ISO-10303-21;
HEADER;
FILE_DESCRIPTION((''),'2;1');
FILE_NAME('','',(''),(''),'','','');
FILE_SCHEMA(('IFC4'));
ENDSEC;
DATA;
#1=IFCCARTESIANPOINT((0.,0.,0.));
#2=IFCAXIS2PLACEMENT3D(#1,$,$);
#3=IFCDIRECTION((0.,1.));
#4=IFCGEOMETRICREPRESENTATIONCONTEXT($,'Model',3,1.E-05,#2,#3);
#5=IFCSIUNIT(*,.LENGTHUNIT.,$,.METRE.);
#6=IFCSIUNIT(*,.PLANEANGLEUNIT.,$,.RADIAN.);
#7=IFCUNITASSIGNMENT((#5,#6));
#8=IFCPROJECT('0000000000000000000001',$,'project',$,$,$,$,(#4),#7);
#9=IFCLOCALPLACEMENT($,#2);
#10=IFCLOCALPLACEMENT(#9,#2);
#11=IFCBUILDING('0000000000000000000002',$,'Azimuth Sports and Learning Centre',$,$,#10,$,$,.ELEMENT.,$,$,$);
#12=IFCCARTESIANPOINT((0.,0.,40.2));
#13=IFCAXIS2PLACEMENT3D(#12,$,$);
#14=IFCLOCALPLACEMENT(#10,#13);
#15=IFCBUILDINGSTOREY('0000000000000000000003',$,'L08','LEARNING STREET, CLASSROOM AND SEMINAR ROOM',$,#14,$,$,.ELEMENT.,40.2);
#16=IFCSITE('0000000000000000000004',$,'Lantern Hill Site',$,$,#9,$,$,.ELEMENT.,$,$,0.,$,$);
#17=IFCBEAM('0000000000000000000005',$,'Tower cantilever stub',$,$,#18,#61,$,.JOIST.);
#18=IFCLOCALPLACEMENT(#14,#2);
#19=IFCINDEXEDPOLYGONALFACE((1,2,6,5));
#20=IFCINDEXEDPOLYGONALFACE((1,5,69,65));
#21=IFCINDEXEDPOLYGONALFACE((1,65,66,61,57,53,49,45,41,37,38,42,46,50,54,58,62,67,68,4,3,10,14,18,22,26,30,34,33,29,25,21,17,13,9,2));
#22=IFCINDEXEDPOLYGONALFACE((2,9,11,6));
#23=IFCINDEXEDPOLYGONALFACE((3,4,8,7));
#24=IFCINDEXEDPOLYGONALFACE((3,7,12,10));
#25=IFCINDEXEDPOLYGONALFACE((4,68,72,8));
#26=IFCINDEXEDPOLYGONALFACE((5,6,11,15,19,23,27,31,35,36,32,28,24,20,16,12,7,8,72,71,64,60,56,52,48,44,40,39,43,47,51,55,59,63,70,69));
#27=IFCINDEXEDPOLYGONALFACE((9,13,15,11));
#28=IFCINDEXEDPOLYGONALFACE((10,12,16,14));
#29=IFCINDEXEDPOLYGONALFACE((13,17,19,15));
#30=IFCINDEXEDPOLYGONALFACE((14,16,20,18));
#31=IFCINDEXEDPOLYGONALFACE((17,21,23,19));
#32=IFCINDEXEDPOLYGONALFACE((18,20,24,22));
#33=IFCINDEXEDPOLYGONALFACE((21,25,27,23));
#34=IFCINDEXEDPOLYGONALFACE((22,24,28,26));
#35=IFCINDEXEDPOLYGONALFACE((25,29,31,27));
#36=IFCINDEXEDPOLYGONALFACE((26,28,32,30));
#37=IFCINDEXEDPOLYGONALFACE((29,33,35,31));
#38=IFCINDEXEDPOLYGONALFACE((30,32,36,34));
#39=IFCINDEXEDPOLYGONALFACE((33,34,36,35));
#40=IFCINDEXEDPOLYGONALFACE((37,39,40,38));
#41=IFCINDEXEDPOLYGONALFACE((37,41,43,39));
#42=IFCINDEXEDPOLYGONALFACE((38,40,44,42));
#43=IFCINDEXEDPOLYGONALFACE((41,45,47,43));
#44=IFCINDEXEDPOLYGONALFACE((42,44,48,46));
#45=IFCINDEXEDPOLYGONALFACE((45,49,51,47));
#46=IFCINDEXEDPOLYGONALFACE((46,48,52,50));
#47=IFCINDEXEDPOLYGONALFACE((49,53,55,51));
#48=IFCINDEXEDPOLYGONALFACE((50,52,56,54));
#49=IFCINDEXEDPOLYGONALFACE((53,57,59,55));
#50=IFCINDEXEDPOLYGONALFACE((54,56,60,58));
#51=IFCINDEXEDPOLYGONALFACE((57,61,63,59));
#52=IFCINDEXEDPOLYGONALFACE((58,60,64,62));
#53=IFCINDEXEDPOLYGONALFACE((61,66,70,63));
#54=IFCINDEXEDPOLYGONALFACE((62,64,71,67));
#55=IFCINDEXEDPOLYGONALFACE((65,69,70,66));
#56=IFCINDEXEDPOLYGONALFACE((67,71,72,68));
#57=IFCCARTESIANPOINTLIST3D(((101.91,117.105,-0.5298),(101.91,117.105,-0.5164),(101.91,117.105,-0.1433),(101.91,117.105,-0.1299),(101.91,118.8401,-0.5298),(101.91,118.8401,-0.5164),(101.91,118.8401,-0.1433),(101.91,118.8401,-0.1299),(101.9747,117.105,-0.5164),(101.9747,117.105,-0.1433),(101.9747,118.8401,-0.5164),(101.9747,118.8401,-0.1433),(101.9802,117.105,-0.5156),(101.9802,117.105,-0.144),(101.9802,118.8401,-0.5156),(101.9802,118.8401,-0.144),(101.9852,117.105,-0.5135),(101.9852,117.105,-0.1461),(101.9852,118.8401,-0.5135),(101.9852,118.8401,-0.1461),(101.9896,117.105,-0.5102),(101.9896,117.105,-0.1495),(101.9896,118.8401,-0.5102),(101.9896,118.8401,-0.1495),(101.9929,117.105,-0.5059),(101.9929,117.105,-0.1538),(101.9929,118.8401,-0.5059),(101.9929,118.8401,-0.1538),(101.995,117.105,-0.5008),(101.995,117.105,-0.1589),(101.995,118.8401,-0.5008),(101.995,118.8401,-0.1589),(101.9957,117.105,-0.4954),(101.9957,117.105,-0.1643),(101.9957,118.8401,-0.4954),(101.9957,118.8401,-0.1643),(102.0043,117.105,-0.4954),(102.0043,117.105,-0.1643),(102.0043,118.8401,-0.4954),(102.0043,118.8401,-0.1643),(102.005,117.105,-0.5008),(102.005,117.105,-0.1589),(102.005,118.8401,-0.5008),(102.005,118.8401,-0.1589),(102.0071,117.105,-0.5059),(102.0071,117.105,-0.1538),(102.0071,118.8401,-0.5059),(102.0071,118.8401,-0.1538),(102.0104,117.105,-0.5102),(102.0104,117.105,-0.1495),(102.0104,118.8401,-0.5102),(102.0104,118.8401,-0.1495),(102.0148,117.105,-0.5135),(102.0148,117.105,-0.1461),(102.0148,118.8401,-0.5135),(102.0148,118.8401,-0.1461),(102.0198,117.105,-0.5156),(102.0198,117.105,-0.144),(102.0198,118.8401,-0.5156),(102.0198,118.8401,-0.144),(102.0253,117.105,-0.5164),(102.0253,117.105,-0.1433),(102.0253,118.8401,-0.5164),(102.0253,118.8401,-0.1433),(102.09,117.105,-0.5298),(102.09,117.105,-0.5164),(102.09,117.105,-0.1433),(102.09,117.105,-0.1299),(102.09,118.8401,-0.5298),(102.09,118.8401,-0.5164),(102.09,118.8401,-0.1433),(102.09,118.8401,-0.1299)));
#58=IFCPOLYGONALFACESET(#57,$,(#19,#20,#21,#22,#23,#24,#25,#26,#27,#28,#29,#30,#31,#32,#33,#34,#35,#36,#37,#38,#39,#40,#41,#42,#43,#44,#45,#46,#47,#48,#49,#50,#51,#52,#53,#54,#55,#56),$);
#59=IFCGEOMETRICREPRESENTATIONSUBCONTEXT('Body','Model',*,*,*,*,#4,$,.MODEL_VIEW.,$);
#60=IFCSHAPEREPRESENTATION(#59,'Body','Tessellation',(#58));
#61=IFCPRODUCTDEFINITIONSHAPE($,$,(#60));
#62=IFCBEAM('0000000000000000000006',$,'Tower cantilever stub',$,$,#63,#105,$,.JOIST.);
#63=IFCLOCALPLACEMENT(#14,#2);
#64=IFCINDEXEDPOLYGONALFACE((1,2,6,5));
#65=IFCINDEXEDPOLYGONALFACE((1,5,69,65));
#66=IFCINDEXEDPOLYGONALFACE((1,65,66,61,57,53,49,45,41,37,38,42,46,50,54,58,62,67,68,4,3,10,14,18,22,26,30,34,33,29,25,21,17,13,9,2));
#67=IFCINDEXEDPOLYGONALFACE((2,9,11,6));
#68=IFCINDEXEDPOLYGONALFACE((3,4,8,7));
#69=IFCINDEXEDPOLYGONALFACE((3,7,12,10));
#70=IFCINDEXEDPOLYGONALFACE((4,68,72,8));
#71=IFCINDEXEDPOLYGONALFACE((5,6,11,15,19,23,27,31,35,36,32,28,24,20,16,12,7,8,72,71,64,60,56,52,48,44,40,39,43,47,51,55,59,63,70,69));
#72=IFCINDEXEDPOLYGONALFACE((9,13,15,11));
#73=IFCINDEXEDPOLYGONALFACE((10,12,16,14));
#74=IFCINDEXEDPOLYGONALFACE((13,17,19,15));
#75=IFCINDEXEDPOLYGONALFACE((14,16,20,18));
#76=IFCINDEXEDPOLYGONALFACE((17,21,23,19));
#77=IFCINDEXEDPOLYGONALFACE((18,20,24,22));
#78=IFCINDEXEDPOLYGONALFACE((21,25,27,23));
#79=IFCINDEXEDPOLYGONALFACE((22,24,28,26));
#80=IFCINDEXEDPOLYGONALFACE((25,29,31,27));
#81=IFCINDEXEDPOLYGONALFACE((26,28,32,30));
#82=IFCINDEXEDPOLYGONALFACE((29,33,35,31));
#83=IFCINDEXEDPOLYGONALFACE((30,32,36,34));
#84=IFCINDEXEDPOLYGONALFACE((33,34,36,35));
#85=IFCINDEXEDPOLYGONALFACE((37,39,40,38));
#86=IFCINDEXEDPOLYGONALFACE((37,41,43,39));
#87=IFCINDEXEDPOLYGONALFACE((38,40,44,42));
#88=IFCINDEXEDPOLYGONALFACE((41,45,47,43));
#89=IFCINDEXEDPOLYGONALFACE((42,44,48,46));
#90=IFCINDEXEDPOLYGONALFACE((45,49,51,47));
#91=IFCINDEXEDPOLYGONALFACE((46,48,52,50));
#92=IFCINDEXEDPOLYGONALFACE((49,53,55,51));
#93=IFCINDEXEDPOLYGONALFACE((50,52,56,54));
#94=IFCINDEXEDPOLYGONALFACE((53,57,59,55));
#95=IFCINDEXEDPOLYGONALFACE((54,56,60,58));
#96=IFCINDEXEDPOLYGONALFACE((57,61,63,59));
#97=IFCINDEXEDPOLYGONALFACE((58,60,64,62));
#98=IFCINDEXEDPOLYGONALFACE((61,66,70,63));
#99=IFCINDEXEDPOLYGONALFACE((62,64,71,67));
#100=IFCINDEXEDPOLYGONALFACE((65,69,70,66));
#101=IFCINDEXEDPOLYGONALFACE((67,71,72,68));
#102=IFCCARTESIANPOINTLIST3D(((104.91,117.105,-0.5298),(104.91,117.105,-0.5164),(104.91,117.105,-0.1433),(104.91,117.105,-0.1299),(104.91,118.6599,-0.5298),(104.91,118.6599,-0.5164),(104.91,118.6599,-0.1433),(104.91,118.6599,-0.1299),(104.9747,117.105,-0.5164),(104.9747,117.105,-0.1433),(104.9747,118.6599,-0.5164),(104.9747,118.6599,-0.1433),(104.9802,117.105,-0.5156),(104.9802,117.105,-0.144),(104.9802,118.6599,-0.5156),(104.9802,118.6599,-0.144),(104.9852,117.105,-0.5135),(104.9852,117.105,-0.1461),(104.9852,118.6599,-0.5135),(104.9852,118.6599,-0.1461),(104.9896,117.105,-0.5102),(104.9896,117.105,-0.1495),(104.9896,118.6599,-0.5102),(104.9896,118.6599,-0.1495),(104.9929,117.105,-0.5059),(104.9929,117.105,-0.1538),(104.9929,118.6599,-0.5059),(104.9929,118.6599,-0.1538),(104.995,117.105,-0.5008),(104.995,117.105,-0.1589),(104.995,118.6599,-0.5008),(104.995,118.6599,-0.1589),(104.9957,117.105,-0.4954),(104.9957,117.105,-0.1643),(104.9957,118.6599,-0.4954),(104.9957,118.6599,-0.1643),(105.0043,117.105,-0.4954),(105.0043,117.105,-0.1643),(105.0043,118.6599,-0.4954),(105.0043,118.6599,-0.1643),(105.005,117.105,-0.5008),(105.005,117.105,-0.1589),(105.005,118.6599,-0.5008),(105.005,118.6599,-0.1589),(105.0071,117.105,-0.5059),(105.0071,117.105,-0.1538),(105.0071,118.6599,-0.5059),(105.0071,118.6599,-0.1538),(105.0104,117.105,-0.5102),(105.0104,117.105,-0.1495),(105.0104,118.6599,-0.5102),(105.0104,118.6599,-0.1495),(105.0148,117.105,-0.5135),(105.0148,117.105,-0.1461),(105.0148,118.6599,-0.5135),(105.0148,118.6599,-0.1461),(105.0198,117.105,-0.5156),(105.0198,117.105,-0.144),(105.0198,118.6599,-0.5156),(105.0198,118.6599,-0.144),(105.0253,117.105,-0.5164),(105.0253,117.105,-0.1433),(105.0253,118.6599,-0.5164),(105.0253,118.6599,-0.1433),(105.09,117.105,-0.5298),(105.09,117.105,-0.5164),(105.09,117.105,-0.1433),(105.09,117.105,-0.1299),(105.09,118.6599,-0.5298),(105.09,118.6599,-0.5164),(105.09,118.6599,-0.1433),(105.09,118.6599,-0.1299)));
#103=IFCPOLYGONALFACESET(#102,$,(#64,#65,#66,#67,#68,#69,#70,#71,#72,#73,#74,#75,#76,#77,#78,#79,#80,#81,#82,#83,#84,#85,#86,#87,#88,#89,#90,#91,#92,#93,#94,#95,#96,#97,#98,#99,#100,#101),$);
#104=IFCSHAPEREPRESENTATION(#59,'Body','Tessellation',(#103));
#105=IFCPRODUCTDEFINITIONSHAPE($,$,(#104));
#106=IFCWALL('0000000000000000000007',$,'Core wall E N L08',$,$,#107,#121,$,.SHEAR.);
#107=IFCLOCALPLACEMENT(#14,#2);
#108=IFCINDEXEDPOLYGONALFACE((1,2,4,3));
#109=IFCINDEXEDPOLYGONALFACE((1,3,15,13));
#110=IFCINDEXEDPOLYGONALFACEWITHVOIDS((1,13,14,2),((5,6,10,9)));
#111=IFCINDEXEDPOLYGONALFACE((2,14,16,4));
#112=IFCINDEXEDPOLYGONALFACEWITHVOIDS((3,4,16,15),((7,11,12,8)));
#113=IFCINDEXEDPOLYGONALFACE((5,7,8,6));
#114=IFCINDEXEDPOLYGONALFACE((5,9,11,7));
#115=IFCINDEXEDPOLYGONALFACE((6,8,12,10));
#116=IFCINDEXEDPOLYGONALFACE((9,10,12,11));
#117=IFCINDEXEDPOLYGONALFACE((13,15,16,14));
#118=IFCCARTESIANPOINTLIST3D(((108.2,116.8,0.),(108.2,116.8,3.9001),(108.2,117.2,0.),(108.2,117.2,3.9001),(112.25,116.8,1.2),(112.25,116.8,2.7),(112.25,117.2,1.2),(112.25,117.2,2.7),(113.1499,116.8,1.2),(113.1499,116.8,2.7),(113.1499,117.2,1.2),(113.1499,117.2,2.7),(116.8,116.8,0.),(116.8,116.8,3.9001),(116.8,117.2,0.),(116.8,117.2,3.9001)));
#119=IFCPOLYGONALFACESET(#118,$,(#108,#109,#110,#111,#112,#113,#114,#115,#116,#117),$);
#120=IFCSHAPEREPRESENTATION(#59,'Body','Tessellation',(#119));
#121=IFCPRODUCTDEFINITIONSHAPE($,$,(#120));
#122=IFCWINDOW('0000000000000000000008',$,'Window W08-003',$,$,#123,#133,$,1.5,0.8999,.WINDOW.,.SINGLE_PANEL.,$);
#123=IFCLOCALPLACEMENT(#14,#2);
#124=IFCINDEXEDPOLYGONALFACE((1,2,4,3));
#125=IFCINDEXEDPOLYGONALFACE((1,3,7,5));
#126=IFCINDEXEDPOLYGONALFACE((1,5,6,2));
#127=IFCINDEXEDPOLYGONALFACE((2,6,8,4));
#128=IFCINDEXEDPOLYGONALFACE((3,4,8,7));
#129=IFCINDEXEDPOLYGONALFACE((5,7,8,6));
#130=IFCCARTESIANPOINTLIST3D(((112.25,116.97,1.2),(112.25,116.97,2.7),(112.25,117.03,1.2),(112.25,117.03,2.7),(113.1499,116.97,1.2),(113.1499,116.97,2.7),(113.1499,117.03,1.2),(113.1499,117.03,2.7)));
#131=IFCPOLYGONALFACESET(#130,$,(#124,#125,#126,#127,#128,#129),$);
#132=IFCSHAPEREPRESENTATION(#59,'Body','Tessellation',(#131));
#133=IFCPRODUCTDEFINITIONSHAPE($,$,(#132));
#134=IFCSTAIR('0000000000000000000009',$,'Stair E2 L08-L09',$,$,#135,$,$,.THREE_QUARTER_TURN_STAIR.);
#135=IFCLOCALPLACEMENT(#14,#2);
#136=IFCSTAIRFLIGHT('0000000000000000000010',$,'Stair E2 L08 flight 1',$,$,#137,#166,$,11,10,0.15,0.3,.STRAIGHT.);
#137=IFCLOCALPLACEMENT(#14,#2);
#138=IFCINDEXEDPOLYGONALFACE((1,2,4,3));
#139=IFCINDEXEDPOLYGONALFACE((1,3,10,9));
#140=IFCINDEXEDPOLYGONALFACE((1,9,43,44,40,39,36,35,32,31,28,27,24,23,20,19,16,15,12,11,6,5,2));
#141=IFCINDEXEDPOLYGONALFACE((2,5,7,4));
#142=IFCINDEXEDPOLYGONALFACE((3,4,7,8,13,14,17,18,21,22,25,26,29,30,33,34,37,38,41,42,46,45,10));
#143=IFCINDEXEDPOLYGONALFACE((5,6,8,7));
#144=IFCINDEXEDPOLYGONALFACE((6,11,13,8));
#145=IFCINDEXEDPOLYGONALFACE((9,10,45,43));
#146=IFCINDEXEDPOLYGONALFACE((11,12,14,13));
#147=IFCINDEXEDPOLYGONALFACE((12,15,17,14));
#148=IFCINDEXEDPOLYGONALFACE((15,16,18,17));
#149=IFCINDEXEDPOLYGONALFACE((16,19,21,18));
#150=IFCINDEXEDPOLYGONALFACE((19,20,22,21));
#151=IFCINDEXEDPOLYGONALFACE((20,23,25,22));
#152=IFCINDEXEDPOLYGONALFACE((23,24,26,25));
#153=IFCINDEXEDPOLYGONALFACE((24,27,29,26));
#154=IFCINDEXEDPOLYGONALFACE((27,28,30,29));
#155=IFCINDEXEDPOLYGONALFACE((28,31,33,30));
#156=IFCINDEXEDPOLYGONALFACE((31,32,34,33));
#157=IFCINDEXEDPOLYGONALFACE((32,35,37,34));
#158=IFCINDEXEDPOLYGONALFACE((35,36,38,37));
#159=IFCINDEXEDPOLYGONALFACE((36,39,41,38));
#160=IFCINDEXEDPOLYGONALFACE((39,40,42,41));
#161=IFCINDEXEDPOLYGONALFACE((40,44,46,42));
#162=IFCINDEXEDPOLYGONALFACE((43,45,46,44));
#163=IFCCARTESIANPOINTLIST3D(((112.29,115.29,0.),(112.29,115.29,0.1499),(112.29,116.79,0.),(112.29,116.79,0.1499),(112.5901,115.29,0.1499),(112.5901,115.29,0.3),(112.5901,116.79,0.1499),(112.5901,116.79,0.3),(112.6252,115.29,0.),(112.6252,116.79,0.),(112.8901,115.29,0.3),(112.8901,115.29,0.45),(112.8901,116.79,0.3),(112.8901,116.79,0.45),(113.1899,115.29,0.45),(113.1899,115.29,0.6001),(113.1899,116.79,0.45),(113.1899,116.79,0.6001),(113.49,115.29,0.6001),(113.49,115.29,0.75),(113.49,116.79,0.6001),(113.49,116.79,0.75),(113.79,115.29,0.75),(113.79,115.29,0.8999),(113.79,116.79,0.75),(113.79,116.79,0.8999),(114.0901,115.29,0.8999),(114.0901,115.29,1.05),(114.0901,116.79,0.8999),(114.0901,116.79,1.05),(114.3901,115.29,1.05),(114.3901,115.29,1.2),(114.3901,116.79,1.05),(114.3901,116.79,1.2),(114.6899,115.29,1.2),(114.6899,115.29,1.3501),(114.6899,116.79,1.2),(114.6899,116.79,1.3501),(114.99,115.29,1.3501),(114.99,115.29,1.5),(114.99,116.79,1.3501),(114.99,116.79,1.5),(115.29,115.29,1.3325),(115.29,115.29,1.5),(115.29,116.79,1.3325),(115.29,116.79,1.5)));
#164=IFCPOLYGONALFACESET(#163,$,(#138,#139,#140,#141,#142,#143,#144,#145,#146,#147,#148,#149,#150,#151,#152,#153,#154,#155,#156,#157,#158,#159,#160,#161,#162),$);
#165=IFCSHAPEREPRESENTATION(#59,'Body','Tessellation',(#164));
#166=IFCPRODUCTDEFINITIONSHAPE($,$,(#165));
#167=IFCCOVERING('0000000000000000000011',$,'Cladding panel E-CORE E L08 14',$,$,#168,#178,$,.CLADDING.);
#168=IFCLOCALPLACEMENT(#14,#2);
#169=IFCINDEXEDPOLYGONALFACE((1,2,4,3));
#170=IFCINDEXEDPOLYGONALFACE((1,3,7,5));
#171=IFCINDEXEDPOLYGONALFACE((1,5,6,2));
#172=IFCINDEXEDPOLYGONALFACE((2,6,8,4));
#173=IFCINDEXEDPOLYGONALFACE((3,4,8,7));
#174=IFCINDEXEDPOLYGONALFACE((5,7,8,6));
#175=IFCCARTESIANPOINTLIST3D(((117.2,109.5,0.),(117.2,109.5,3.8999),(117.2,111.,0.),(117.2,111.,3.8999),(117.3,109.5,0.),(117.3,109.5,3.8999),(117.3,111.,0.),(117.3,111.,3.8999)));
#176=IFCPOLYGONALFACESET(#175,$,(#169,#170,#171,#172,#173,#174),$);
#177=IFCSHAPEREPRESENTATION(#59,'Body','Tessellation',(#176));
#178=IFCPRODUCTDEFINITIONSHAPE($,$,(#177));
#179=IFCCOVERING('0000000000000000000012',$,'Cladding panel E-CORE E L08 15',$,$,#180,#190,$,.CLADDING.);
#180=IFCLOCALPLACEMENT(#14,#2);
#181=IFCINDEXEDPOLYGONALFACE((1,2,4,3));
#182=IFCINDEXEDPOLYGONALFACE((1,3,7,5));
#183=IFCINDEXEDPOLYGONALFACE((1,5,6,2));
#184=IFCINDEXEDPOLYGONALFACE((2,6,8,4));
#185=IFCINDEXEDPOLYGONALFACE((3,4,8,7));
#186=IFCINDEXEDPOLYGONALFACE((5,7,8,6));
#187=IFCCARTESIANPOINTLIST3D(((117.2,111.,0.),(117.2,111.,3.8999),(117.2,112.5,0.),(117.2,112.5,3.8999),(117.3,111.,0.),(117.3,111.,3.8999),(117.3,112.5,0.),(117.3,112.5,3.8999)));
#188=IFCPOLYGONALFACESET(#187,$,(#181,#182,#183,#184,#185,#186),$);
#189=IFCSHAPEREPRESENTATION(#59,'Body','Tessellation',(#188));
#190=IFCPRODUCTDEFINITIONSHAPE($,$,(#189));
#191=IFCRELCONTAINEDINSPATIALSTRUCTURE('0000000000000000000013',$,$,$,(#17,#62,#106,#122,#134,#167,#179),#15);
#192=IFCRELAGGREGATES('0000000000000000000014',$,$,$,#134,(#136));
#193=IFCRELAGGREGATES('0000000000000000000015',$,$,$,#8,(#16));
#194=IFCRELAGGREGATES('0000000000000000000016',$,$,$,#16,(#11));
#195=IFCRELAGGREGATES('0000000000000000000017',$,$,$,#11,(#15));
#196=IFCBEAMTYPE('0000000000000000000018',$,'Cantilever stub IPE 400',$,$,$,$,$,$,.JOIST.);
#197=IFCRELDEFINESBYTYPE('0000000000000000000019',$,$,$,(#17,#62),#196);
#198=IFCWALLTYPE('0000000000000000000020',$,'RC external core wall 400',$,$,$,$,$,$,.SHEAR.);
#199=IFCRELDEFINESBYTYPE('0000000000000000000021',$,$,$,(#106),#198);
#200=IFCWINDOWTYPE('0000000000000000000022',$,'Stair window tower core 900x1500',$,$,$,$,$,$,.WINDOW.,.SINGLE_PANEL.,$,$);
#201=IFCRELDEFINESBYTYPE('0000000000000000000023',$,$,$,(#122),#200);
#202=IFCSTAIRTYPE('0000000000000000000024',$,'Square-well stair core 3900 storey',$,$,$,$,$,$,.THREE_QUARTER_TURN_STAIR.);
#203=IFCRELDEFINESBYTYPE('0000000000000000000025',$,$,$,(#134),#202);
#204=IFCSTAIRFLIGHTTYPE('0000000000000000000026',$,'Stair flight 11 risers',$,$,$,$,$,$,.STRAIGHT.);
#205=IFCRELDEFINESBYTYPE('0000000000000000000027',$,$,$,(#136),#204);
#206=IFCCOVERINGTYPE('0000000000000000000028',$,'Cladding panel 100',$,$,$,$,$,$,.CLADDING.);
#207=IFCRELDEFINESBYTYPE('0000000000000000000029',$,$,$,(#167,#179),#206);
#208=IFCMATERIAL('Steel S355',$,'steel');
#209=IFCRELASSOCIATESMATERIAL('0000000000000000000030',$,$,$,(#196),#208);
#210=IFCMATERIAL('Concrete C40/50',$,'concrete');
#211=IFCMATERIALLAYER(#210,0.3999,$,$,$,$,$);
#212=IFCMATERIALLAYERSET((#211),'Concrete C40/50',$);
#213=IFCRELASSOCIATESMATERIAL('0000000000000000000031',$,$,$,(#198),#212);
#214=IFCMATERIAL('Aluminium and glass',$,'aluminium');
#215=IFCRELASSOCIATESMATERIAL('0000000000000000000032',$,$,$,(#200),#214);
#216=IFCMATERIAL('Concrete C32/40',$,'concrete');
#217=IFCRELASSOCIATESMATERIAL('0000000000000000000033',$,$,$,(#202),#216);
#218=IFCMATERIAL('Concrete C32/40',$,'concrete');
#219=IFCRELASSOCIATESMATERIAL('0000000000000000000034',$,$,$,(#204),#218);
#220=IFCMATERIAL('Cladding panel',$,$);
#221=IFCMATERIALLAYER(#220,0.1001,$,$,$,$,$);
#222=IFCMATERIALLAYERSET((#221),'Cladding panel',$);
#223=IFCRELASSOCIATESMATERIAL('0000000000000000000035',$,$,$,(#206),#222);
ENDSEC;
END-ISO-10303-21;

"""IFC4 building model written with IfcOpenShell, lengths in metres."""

from ifc_helpers import new_model, si_unit, direction, frame, frame_2d, origin, origin_2d, place, context, subcontext, project, spatial, polyline, rectangle, i_section, outline, extrude, material, layer, layer_set, material_profile, profile_set, type_object, element, fill, aggregate, save


model = new_model("IFC4")

# Units and contexts
model_context = context("Model", 3, precision=1e-05, world=origin(), true_north=direction((0.0, 1.0)))
body_context = subcontext(model_context, "Body", "Model", "MODEL_VIEW")
ifc_project = project(units=[si_unit("LENGTHUNIT", "METRE"), si_unit("PLANEANGLEUNIT", "RADIAN")], contexts=[model_context])

# Site, building, storey
site_placement = place(None, origin())
site = spatial("IfcSite", under=ifc_project, at=site_placement, Name="Lantern Hill Site", CompositionType="ELEMENT", RefElevation=0.0)
building_placement = place(site_placement, origin())
building = spatial("IfcBuilding", under=site, at=building_placement, Name="Azimuth Sports and Learning Centre", CompositionType="ELEMENT")
storey_placement = place(building_placement, frame((0.0, 0.0, 40.2)))
storey = spatial("IfcBuildingStorey", under=building, at=storey_placement, Name="L08", Description="LEARNING STREET, CLASSROOM AND SEMINAR ROOM", CompositionType="ELEMENT", Elevation=40.2)

# Beams
ifc_material_1 = material(Name="Steel S355", Category="steel")
ifc_material_profile_1 = material_profile(ifc_material_1, i_section(OverallWidth=0.1799, OverallDepth=0.3999, WebThickness=0.0085, FlangeThickness=0.0134, FilletRadius=0.021, at=origin_2d()), Name="IPE 400")
ifc_profile_set_1 = profile_set([ifc_material_profile_1], Name="Steel S355")
beam_type_1 = type_object("IfcBeamType", Name="Cantilever stub IPE 400", PredefinedType="JOIST", material=ifc_profile_set_1)
beam_1_placement = place(storey_placement, frame((102.0, 117.105, -0.3298), z_axis=(0.0, 1.0, 0.0), x_axis=(-1.0, 0.0, 0.0)))
element("IfcBeam", 1, at=beam_1_placement, inside=storey, type_object=beam_type_1, Name="Tower cantilever stub", PredefinedType="JOIST", context=body_context, shape_type="SweptSolid", body=[
    extrude(i_section(OverallWidth=0.1799, OverallDepth=0.3999, WebThickness=0.0085, FlangeThickness=0.0134, FilletRadius=0.021, at=origin_2d()), origin(), (0.0, 0.0, 1.0), 1.7351),
])
beam_2_placement = place(storey_placement, frame((105.0, 117.105, -0.3298), z_axis=(0.0, 1.0, 0.0), x_axis=(-1.0, 0.0, 0.0)))
element("IfcBeam", 2, at=beam_2_placement, inside=storey, type_object=beam_type_1, Name="Tower cantilever stub", PredefinedType="JOIST", context=body_context, shape_type="SweptSolid", body=[
    extrude(i_section(OverallWidth=0.1799, OverallDepth=0.3999, WebThickness=0.0085, FlangeThickness=0.0134, FilletRadius=0.021, at=origin_2d()), origin(), (0.0, 0.0, 1.0), 1.5549),
])

# Wall, opening, window
ifc_material_2 = material(Name="Concrete C40/50", Category="concrete")
ifc_layer_1 = layer(ifc_material_2, 0.3999)
ifc_layer_set_1 = layer_set([ifc_layer_1], Name="Concrete C40/50")
wall_type = type_object("IfcWallType", Name="RC external core wall 400", PredefinedType="SHEAR", material=ifc_layer_set_1)
wall_placement = place(storey_placement, frame((108.2, 117.0, 0.0), z_axis=(0.0, 0.0, 1.0), x_axis=(1.0, 0.0, 0.0)))
wall = element("IfcWall", 3, at=wall_placement, inside=storey, type_object=wall_type, Name="Core wall E N L08", PredefinedType="SHEAR", context=body_context, shape_type="SweptSolid", body=[
    extrude(rectangle(XDim=8.6001, YDim=0.3999, at=frame_2d((4.3, 0.0))), origin(), (0.0, 0.0, 1.0), 3.9001),
])
opening_placement = place(wall_placement, frame((4.05, 0.0, 1.2)))
opening = element("IfcOpeningElement", 4, at=opening_placement, cuts=wall, PredefinedType="OPENING", context=body_context, shape_type="SweptSolid", body=[
    extrude(rectangle(XDim=0.8999, YDim=1.5, at=frame_2d((0.45, 0.75))), frame((0.0, 0.2109, 0.0), z_axis=(0.0, -1.0, 0.0), x_axis=(1.0, 0.0, 0.0)), (0.0, 0.0, 1.0), 0.4219),
])
ifc_material_3 = material(Name="Aluminium and glass", Category="aluminium")
window_type = type_object("IfcWindowType", Name="Stair window tower core 900x1500", PartitioningType="SINGLE_PANEL", PredefinedType="WINDOW", material=ifc_material_3)
window_placement = place(opening_placement, origin())
window = element("IfcWindow", 5, at=window_placement, inside=storey, type_object=window_type, Name="Window W08-003", OverallHeight=1.5, OverallWidth=0.8999, PartitioningType="SINGLE_PANEL", PredefinedType="WINDOW", context=body_context, shape_type="SweptSolid", body=[
    extrude(rectangle(XDim=0.8999, YDim=1.5, at=frame_2d((0.45, 0.75))), frame((0.0, 0.03, 0.0), z_axis=(0.0, -1.0, 0.0), x_axis=(1.0, 0.0, 0.0)), (0.0, 0.0, 1.0), 0.0601),
])
fill(opening, window)

# Stair, stair flight
ifc_material_4 = material(Name="Concrete C32/40", Category="concrete")
stair_type = type_object("IfcStairType", Name="Square-well stair core 3900 storey", PredefinedType="THREE_QUARTER_TURN_STAIR", material=ifc_material_4)
stair_placement = place(storey_placement, origin())
stair = element("IfcStair", 6, at=stair_placement, inside=storey, type_object=stair_type, Name="Stair E2 L08-L09", PredefinedType="THREE_QUARTER_TURN_STAIR")
ifc_material_5 = material(Name="Concrete C32/40", Category="concrete")
stair_flight_type = type_object("IfcStairFlightType", Name="Stair flight 11 risers", PredefinedType="STRAIGHT", material=ifc_material_5)
stair_flight_placement = place(storey_placement, frame((112.29, 116.04, 0.0), z_axis=(0.0, 0.0, 1.0), x_axis=(1.0, 0.0, 0.0)))
stair_flight = element("IfcStairFlight", 7, at=stair_flight_placement, type_object=stair_flight_type, Name="Stair E2 L08 flight 1", NumberOfRisers=11, NumberOfTreads=10, PredefinedType="STRAIGHT", RiserHeight=0.15, TreadLength=0.3, context=body_context, shape_type="SweptSolid", body=[
    extrude(outline(polyline([(0.0, 0.0), (0.0, 0.1499), (0.3, 0.1499), (0.3, 0.3), (0.6001, 0.3), (0.6001, 0.45), (0.8999, 0.45), (0.8999, 0.6001), (1.2, 0.6001), (1.2, 0.75), (1.5, 0.75), (1.5, 0.8999), (1.8, 0.8999), (1.8, 1.05), (2.1001, 1.05), (2.1001, 1.2), (2.3999, 1.2), (2.3999, 1.3501), (2.7, 1.3501), (2.7, 1.5), (3.0, 1.5), (3.0, 1.6499), (3.0, 1.3325), (0.3352, 0.0), (0.0, 0.0)])), frame((0.0, 0.75, 0.0), z_axis=(0.0, -1.0, 0.0), x_axis=(1.0, 0.0, 0.0)), (0.0, 0.0, 1.0), 1.5),
])
aggregate(stair, [stair_flight])

# Coverings
ifc_material_6 = material(Name="Cladding panel")
ifc_layer_2 = layer(ifc_material_6, 0.1001)
ifc_layer_set_2 = layer_set([ifc_layer_2], Name="Cladding panel")
covering_type = type_object("IfcCoveringType", Name="Cladding panel 100", PredefinedType="CLADDING", material=ifc_layer_set_2)
for number, where, z_axis, x_axis, name in (
    (8, (117.25, 110.25, 0.0), (0.0, 0.0, 1.0), (0.0, 1.0, 0.0), "Cladding panel E-CORE E L08 14"),
    (9, (117.25, 111.75, 0.0), (0.0, 0.0, 1.0), (0.0, 1.0, 0.0), "Cladding panel E-CORE E L08 15"),
):
    element("IfcCovering", number, at=place(storey_placement, frame(where, z_axis=z_axis, x_axis=x_axis)), inside=storey, type_object=covering_type, Name=name, PredefinedType="CLADDING", context=body_context, shape_type="SweptSolid", body=[
        extrude(rectangle(XDim=1.5, YDim=0.1001, at=origin_2d()), origin(), (0.0, 0.0, 1.0), 3.8999),
    ])

save(model, "model.ifc")
